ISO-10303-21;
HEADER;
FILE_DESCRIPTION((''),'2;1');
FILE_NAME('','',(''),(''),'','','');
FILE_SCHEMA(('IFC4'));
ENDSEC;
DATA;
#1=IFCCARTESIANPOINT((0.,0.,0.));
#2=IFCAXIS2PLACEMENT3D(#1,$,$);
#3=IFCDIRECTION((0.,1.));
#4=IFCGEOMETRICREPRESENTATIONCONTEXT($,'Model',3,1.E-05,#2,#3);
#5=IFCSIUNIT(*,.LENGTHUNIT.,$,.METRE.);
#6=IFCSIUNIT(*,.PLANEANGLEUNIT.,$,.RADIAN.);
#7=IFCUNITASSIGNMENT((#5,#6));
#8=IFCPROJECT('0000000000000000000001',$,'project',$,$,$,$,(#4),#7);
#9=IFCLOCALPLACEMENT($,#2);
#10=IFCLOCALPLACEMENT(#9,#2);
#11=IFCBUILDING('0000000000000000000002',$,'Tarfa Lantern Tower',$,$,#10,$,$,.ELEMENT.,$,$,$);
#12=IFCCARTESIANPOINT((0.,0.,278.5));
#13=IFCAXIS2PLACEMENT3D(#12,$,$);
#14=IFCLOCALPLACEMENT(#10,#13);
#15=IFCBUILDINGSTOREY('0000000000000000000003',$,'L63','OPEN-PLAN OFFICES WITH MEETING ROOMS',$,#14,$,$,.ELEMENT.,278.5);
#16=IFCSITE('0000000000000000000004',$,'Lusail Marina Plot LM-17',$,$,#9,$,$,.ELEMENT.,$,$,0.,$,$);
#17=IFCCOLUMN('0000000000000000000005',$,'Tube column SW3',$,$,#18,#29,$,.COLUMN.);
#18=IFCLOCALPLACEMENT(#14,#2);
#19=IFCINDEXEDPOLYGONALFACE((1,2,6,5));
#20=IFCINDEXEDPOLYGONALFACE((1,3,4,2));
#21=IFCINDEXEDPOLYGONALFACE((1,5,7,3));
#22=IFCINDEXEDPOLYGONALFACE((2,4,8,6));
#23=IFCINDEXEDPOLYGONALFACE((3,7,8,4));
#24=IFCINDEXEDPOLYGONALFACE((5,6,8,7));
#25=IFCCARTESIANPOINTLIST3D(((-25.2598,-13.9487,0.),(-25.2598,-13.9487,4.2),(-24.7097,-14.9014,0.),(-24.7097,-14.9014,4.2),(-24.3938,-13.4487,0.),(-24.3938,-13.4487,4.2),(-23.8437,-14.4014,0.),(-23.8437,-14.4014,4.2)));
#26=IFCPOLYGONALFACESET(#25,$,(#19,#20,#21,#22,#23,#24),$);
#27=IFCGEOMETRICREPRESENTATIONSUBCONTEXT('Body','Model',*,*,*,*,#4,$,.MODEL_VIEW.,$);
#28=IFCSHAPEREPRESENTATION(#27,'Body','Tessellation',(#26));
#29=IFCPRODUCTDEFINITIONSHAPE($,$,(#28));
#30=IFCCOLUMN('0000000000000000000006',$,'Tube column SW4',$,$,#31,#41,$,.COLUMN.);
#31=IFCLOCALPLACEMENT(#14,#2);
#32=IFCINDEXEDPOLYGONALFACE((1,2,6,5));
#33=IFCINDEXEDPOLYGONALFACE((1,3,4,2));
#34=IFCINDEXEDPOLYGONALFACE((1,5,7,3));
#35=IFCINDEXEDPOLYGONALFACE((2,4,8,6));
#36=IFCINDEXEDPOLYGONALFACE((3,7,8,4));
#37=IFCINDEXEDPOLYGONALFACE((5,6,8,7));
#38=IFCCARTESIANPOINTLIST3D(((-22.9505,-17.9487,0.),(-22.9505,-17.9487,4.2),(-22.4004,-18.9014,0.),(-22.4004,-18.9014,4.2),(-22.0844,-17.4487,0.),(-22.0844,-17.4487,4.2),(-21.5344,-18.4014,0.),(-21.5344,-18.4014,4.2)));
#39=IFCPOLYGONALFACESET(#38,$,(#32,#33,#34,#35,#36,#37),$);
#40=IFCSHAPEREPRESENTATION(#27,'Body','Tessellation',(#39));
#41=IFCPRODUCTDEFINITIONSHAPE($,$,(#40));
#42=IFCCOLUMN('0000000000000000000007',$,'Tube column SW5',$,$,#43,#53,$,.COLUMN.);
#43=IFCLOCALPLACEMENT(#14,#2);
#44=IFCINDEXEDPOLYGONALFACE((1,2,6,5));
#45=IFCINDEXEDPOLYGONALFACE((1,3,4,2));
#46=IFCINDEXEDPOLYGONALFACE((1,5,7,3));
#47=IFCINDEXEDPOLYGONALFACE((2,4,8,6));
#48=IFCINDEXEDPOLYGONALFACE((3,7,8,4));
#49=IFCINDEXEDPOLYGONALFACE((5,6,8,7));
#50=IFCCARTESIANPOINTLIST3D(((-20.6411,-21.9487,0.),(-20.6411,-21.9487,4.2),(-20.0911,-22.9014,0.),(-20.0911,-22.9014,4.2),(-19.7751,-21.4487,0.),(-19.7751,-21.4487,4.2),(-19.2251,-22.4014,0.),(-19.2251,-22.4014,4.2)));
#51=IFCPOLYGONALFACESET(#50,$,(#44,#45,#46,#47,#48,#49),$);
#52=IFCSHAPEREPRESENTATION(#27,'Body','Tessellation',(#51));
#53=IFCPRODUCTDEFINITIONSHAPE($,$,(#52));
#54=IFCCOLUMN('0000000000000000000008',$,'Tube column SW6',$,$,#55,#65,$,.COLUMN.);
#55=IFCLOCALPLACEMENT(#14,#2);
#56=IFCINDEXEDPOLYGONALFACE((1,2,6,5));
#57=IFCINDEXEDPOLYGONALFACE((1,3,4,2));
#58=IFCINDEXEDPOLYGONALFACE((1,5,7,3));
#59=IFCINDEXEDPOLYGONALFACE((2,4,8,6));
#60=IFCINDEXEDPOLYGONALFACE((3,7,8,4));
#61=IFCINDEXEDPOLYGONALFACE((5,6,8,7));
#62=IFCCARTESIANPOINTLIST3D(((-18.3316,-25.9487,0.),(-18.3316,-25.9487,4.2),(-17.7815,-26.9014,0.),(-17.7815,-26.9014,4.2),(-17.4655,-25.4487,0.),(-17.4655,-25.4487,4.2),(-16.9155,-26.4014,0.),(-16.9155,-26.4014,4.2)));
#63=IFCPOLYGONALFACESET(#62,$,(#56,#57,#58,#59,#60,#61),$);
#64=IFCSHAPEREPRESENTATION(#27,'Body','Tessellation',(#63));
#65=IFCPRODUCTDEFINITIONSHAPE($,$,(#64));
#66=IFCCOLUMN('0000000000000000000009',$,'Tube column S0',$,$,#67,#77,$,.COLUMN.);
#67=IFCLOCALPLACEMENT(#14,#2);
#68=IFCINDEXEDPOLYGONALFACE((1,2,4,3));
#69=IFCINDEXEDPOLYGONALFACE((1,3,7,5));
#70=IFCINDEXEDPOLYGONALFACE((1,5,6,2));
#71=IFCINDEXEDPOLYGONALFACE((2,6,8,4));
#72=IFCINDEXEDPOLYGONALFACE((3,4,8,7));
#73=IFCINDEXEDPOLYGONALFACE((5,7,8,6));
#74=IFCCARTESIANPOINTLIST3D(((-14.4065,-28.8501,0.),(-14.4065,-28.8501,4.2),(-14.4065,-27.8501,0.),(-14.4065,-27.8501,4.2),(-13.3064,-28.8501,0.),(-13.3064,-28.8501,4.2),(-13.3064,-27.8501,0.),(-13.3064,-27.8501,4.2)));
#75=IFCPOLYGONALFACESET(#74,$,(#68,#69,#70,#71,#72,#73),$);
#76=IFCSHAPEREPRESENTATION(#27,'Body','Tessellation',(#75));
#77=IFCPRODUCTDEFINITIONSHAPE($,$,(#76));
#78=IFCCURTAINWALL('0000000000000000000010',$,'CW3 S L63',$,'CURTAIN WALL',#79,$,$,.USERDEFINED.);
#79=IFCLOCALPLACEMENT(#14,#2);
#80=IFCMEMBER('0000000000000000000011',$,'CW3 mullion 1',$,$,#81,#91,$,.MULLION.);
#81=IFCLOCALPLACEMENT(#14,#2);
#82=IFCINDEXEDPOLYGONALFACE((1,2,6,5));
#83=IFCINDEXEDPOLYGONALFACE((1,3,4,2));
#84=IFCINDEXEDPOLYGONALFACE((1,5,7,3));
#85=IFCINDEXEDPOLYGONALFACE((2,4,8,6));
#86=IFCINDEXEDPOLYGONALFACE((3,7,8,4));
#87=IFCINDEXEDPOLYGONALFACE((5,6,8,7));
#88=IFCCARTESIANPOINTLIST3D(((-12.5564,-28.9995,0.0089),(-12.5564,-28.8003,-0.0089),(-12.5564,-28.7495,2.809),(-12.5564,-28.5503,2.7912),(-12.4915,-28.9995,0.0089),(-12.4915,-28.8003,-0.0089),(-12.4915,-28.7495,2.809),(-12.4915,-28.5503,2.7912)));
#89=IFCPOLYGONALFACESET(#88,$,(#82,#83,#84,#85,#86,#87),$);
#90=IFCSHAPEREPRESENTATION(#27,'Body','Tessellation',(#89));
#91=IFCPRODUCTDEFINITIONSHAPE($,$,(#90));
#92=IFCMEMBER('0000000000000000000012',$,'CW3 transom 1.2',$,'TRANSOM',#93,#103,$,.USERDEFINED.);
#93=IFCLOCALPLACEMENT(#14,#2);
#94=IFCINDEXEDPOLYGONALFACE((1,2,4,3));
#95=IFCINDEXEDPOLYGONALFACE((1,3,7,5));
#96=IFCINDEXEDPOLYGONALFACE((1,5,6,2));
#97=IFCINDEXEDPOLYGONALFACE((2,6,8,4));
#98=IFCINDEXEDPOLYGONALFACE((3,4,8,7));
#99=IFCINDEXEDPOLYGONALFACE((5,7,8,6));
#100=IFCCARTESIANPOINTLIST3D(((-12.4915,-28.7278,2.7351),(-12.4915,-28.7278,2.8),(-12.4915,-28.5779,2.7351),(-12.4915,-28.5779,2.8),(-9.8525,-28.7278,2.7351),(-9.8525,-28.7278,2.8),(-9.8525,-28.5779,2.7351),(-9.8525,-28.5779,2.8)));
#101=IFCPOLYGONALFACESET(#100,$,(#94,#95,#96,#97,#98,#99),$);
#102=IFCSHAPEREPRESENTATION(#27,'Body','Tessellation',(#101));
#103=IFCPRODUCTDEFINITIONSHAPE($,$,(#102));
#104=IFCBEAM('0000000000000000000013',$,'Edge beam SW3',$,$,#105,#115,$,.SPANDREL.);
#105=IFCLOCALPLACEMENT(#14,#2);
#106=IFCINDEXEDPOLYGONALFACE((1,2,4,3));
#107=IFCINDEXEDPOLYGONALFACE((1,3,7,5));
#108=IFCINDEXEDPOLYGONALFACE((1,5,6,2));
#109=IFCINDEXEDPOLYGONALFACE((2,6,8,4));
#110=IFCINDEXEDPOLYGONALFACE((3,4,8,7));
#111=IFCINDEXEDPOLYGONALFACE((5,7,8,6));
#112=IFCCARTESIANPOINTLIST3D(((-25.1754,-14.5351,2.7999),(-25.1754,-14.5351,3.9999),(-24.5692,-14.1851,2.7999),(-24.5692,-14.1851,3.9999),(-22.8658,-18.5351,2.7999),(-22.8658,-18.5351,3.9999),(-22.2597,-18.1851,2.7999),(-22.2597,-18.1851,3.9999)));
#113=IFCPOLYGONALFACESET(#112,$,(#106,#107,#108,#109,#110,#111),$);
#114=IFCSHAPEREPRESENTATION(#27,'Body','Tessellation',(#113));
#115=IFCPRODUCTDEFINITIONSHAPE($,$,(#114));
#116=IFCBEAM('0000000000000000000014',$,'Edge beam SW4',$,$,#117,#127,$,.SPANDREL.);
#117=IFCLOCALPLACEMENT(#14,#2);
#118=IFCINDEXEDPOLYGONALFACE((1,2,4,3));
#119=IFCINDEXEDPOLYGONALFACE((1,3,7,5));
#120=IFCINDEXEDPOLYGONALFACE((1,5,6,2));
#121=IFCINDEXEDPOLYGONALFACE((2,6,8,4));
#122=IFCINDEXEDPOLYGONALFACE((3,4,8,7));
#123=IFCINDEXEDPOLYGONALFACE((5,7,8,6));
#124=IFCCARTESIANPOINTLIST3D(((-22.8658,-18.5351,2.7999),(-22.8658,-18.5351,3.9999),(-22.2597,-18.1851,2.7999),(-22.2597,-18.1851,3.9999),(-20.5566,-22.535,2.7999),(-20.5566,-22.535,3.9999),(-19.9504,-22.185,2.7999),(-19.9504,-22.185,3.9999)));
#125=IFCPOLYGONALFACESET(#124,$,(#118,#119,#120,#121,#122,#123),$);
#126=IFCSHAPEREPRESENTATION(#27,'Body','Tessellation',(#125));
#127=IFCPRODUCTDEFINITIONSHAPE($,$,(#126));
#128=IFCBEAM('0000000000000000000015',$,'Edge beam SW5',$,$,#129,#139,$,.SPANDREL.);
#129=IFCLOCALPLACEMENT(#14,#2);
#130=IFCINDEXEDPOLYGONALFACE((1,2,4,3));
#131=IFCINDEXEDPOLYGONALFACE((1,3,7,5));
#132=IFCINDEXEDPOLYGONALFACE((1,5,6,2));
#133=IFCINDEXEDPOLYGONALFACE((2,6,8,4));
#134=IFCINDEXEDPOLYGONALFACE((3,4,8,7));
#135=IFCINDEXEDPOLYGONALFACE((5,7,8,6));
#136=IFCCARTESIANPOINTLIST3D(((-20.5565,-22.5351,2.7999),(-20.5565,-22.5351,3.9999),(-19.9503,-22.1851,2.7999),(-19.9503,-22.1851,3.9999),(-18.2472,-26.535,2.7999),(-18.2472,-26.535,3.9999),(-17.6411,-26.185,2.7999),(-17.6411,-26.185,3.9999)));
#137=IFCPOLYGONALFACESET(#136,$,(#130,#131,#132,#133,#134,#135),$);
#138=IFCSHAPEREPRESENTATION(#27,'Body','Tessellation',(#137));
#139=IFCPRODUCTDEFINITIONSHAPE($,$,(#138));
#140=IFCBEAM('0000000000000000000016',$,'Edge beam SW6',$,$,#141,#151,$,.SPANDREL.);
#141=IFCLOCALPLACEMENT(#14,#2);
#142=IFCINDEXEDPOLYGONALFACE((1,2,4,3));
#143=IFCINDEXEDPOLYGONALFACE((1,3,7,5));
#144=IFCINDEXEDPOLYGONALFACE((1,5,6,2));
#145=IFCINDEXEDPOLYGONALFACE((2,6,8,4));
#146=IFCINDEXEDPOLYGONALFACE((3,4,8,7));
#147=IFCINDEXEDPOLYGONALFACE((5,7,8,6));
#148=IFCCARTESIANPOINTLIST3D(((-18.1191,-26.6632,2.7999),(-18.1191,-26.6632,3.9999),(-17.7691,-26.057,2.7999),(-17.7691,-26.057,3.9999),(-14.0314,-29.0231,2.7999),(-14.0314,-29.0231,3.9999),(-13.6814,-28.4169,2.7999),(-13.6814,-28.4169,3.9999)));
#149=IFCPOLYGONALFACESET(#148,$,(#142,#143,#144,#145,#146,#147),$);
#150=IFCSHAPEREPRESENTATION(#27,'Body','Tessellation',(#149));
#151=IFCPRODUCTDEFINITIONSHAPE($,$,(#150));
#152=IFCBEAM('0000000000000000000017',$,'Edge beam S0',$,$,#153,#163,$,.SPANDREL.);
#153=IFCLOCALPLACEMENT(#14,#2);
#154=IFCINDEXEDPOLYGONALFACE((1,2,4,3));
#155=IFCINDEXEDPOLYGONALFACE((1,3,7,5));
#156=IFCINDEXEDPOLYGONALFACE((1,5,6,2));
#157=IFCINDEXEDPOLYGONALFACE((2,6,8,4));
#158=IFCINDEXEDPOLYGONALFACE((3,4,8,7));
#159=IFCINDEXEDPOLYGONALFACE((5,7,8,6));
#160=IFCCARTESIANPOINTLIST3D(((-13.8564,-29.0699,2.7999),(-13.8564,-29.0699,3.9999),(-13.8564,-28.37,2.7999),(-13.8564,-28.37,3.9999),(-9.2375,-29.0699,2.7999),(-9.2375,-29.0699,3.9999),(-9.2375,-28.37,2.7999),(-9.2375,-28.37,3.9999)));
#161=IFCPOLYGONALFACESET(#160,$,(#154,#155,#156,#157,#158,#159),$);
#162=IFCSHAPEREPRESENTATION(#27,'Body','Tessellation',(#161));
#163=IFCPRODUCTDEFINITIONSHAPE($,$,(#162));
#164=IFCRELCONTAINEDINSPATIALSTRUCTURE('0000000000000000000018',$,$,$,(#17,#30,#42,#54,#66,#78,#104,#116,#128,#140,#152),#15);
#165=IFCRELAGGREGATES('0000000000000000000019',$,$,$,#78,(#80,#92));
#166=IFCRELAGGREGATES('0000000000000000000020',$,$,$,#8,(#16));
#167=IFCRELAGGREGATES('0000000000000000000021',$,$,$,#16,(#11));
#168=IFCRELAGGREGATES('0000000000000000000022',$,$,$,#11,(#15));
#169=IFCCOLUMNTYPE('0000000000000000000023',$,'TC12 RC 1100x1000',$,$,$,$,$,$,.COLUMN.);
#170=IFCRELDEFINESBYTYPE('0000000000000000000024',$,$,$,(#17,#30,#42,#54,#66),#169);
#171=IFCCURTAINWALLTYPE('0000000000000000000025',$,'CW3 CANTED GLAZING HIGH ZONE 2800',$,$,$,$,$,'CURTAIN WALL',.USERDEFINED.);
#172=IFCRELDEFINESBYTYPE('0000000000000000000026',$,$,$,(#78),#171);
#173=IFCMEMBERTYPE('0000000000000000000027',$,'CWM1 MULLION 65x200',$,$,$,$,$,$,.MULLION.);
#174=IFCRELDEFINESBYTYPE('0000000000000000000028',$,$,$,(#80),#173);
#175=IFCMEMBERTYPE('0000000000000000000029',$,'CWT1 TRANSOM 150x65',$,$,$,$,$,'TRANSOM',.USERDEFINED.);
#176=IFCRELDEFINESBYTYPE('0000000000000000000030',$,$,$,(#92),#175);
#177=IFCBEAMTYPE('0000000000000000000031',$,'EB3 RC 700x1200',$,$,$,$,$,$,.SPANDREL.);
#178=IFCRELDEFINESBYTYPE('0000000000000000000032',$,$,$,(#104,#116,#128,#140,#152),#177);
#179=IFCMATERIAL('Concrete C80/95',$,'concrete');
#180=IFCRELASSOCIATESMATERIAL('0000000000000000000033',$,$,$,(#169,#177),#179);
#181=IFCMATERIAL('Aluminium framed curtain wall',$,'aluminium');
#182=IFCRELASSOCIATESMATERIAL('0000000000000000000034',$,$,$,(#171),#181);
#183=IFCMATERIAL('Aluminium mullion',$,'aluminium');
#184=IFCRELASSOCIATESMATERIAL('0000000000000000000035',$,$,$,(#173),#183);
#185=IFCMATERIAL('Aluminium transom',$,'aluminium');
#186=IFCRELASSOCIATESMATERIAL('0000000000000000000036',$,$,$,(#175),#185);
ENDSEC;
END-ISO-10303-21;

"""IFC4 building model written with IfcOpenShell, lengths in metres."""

from ifc_helpers import new_model, si_unit, direction, frame, origin, origin_2d, place, context, subcontext, project, spatial, rectangle, extrude, material, material_profile, profile_set, type_object, element, aggregate, save


model = new_model("IFC4")

# Units and contexts
model_context = context("Model", 3, precision=1e-05, world=origin(), true_north=direction((0.0, 1.0)))
body_context = subcontext(model_context, "Body", "Model", "MODEL_VIEW")
ifc_project = project(units=[si_unit("LENGTHUNIT", "METRE"), si_unit("PLANEANGLEUNIT", "RADIAN")], contexts=[model_context])

# Site, building, storey
site_placement = place(None, origin())
site = spatial("IfcSite", under=ifc_project, at=site_placement, Name="Lusail Marina Plot LM-17", CompositionType="ELEMENT", RefElevation=0.0)
building_placement = place(site_placement, origin())
building = spatial("IfcBuilding", under=site, at=building_placement, Name="Tarfa Lantern Tower", CompositionType="ELEMENT")
storey_placement = place(building_placement, frame((0.0, 0.0, 278.5)))
storey = spatial("IfcBuildingStorey", under=building, at=storey_placement, Name="L63", Description="OPEN-PLAN OFFICES WITH MEETING ROOMS", CompositionType="ELEMENT", Elevation=278.5)

# Columns
ifc_material_1 = material(Name="Concrete C80/95", Category="concrete")
ifc_material_profile_1 = material_profile(ifc_material_1, rectangle(XDim=1.1001, YDim=1.0, at=origin_2d()), Name="RC 1100x1000")
ifc_profile_set_1 = profile_set([ifc_material_profile_1], Name="Concrete C80/95")
column_type = type_object("IfcColumnType", Name="TC12 RC 1100x1000", PredefinedType="COLUMN", material=ifc_profile_set_1)
for number, where, z_axis, x_axis, name in (
    (1, (-24.5518, -14.175, 0.0), (0.0, 0.0, 1.0), (0.5, -0.866025, 0.0), "Tube column SW3"),
    (2, (-22.2424, -18.175, 0.0), (0.0, 0.0, 1.0), (0.5, -0.866025, 0.0), "Tube column SW4"),
    (3, (-19.9331, -22.175, 0.0), (0.0, 0.0, 1.0), (0.5, -0.866025, 0.0), "Tube column SW5"),
    (4, (-17.6235, -26.175, 0.0), (0.0, 0.0, 1.0), (0.5, -0.866025, 0.0), "Tube column SW6"),
    (5, (-13.8564, -28.3501, 0.0), (0.0, 0.0, 1.0), (1.0, 0.0, 0.0), "Tube column S0"),
):
    element("IfcColumn", number, at=place(storey_placement, frame(where, z_axis=z_axis, x_axis=x_axis)), inside=storey, type_object=column_type, Name=name, PredefinedType="COLUMN", context=body_context, shape_type="SweptSolid", body=[
        extrude(rectangle(XDim=1.1001, YDim=1.0, at=origin_2d()), origin(), (0.0, 0.0, 1.0), 4.2),
    ])

# Curtain wall, members
ifc_material_2 = material(Name="Aluminium framed curtain wall", Category="aluminium")
curtain_wall_type = type_object("IfcCurtainWallType", Name="CW3 CANTED GLAZING HIGH ZONE 2800", ElementType="CURTAIN WALL", PredefinedType="USERDEFINED", material=ifc_material_2)
curtain_wall_placement = place(storey_placement, origin())
curtain_wall = element("IfcCurtainWall", 6, at=curtain_wall_placement, inside=storey, type_object=curtain_wall_type, Name="CW3 S L63", ObjectType="CURTAIN WALL", PredefinedType="USERDEFINED")
ifc_material_3 = material(Name="Aluminium mullion", Category="aluminium")
ifc_material_profile_2 = material_profile(ifc_material_3, rectangle(XDim=0.0649, YDim=0.2, at=origin_2d()), Name="AL MULLION 65x200")
ifc_profile_set_2 = profile_set([ifc_material_profile_2], Name="Aluminium mullion")
member_type_1 = type_object("IfcMemberType", Name="CWM1 MULLION 65x200", PredefinedType="MULLION", material=ifc_profile_set_2)
member_1_placement = place(storey_placement, frame((-12.5239, -28.8999, 0.0), z_axis=(0.0, 0.08893, 0.996038), x_axis=(-1.0, 0.0, 0.0)))
member_1 = element("IfcMember", 7, at=member_1_placement, type_object=member_type_1, Name="CW3 mullion 1", PredefinedType="MULLION", context=body_context, shape_type="SweptSolid", body=[
    extrude(rectangle(XDim=0.0649, YDim=0.2, at=origin_2d()), origin(), (0.0, 0.0, 1.0), 2.8113),
])
ifc_material_4 = material(Name="Aluminium transom", Category="aluminium")
ifc_material_profile_3 = material_profile(ifc_material_4, rectangle(XDim=0.1499, YDim=0.0649, at=origin_2d()), Name="AL TRANSOM 150x65")
ifc_profile_set_3 = profile_set([ifc_material_profile_3], Name="Aluminium transom")
member_type_2 = type_object("IfcMemberType", Name="CWT1 TRANSOM 150x65", ElementType="TRANSOM", PredefinedType="USERDEFINED", material=ifc_profile_set_3)
member_2_placement = place(storey_placement, frame((-12.4915, -28.6528, 2.7676), z_axis=(1.0, 0.0, 0.0), x_axis=(0.0, 1.0, 0.0)))
member_2 = element("IfcMember", 8, at=member_2_placement, type_object=member_type_2, Name="CW3 transom 1.2", ObjectType="TRANSOM", PredefinedType="USERDEFINED", context=body_context, shape_type="SweptSolid", body=[
    extrude(rectangle(XDim=0.1499, YDim=0.0649, at=origin_2d()), origin(), (0.0, 0.0, 1.0), 2.6389),
])

# Beams
ifc_material_profile_4 = material_profile(ifc_material_1, rectangle(XDim=0.7, YDim=1.2, at=origin_2d()), Name="RC 700x1200")
ifc_profile_set_4 = profile_set([ifc_material_profile_4], Name="Concrete C80/95")
beam_type_1 = type_object("IfcBeamType", Name="EB3 RC 700x1200", PredefinedType="SPANDREL", material=ifc_profile_set_4)
beam_1_placement = place(storey_placement, frame((-24.8723, -14.3601, 3.3999), z_axis=(0.500027, -0.86601, 0.0), x_axis=(0.86601, 0.500027, 0.0)))
element("IfcBeam", 9, at=beam_1_placement, inside=storey, type_object=beam_type_1, Name="Edge beam SW3", PredefinedType="SPANDREL", context=body_context, shape_type="SweptSolid", body=[
    extrude(rectangle(XDim=0.7, YDim=1.2, at=origin_2d()), origin(), (0.0, 0.0, 1.0), 4.6189),
])
for number, where, z_axis, x_axis, name in (
    (10, (-22.5627, -18.3601, 3.3999), (0.499988, -0.866032, 0.0), (0.866032, 0.499988, 0.0), "Edge beam SW4"),
    (11, (-20.2534, -22.3601, 3.3999), (0.499988, -0.866032, 0.0), (0.866032, 0.499988, 0.0), "Edge beam SW5"),
):
    element("IfcBeam", number, at=place(storey_placement, frame(where, z_axis=z_axis, x_axis=x_axis)), inside=storey, type_object=beam_type_1, Name=name, PredefinedType="SPANDREL", context=body_context, shape_type="SweptSolid", body=[
        extrude(rectangle(XDim=0.7, YDim=1.2, at=origin_2d()), origin(), (0.0, 0.0, 1.0), 4.6187),
    ])
beam_2_placement = place(storey_placement, frame((-17.9441, -26.3601, 3.3999), z_axis=(0.866038, -0.499978, 0.0), x_axis=(0.499978, 0.866038, 0.0)))
element("IfcBeam", 12, at=beam_2_placement, inside=storey, type_object=beam_type_1, Name="Edge beam SW6", PredefinedType="SPANDREL", context=body_context, shape_type="SweptSolid", body=[
    extrude(rectangle(XDim=0.7, YDim=1.2, at=origin_2d()), origin(), (0.0, 0.0, 1.0), 4.72),
])
beam_3_placement = place(storey_placement, frame((-13.8564, -28.72, 3.3999), z_axis=(1.0, 0.0, 0.0), x_axis=(0.0, 1.0, 0.0)))
element("IfcBeam", 13, at=beam_3_placement, inside=storey, type_object=beam_type_1, Name="Edge beam S0", PredefinedType="SPANDREL", context=body_context, shape_type="SweptSolid", body=[
    extrude(rectangle(XDim=0.7, YDim=1.2, at=origin_2d()), origin(), (0.0, 0.0, 1.0), 4.6189),
])

aggregate(curtain_wall, [member_1, member_2])

save(model, "model.ifc")
